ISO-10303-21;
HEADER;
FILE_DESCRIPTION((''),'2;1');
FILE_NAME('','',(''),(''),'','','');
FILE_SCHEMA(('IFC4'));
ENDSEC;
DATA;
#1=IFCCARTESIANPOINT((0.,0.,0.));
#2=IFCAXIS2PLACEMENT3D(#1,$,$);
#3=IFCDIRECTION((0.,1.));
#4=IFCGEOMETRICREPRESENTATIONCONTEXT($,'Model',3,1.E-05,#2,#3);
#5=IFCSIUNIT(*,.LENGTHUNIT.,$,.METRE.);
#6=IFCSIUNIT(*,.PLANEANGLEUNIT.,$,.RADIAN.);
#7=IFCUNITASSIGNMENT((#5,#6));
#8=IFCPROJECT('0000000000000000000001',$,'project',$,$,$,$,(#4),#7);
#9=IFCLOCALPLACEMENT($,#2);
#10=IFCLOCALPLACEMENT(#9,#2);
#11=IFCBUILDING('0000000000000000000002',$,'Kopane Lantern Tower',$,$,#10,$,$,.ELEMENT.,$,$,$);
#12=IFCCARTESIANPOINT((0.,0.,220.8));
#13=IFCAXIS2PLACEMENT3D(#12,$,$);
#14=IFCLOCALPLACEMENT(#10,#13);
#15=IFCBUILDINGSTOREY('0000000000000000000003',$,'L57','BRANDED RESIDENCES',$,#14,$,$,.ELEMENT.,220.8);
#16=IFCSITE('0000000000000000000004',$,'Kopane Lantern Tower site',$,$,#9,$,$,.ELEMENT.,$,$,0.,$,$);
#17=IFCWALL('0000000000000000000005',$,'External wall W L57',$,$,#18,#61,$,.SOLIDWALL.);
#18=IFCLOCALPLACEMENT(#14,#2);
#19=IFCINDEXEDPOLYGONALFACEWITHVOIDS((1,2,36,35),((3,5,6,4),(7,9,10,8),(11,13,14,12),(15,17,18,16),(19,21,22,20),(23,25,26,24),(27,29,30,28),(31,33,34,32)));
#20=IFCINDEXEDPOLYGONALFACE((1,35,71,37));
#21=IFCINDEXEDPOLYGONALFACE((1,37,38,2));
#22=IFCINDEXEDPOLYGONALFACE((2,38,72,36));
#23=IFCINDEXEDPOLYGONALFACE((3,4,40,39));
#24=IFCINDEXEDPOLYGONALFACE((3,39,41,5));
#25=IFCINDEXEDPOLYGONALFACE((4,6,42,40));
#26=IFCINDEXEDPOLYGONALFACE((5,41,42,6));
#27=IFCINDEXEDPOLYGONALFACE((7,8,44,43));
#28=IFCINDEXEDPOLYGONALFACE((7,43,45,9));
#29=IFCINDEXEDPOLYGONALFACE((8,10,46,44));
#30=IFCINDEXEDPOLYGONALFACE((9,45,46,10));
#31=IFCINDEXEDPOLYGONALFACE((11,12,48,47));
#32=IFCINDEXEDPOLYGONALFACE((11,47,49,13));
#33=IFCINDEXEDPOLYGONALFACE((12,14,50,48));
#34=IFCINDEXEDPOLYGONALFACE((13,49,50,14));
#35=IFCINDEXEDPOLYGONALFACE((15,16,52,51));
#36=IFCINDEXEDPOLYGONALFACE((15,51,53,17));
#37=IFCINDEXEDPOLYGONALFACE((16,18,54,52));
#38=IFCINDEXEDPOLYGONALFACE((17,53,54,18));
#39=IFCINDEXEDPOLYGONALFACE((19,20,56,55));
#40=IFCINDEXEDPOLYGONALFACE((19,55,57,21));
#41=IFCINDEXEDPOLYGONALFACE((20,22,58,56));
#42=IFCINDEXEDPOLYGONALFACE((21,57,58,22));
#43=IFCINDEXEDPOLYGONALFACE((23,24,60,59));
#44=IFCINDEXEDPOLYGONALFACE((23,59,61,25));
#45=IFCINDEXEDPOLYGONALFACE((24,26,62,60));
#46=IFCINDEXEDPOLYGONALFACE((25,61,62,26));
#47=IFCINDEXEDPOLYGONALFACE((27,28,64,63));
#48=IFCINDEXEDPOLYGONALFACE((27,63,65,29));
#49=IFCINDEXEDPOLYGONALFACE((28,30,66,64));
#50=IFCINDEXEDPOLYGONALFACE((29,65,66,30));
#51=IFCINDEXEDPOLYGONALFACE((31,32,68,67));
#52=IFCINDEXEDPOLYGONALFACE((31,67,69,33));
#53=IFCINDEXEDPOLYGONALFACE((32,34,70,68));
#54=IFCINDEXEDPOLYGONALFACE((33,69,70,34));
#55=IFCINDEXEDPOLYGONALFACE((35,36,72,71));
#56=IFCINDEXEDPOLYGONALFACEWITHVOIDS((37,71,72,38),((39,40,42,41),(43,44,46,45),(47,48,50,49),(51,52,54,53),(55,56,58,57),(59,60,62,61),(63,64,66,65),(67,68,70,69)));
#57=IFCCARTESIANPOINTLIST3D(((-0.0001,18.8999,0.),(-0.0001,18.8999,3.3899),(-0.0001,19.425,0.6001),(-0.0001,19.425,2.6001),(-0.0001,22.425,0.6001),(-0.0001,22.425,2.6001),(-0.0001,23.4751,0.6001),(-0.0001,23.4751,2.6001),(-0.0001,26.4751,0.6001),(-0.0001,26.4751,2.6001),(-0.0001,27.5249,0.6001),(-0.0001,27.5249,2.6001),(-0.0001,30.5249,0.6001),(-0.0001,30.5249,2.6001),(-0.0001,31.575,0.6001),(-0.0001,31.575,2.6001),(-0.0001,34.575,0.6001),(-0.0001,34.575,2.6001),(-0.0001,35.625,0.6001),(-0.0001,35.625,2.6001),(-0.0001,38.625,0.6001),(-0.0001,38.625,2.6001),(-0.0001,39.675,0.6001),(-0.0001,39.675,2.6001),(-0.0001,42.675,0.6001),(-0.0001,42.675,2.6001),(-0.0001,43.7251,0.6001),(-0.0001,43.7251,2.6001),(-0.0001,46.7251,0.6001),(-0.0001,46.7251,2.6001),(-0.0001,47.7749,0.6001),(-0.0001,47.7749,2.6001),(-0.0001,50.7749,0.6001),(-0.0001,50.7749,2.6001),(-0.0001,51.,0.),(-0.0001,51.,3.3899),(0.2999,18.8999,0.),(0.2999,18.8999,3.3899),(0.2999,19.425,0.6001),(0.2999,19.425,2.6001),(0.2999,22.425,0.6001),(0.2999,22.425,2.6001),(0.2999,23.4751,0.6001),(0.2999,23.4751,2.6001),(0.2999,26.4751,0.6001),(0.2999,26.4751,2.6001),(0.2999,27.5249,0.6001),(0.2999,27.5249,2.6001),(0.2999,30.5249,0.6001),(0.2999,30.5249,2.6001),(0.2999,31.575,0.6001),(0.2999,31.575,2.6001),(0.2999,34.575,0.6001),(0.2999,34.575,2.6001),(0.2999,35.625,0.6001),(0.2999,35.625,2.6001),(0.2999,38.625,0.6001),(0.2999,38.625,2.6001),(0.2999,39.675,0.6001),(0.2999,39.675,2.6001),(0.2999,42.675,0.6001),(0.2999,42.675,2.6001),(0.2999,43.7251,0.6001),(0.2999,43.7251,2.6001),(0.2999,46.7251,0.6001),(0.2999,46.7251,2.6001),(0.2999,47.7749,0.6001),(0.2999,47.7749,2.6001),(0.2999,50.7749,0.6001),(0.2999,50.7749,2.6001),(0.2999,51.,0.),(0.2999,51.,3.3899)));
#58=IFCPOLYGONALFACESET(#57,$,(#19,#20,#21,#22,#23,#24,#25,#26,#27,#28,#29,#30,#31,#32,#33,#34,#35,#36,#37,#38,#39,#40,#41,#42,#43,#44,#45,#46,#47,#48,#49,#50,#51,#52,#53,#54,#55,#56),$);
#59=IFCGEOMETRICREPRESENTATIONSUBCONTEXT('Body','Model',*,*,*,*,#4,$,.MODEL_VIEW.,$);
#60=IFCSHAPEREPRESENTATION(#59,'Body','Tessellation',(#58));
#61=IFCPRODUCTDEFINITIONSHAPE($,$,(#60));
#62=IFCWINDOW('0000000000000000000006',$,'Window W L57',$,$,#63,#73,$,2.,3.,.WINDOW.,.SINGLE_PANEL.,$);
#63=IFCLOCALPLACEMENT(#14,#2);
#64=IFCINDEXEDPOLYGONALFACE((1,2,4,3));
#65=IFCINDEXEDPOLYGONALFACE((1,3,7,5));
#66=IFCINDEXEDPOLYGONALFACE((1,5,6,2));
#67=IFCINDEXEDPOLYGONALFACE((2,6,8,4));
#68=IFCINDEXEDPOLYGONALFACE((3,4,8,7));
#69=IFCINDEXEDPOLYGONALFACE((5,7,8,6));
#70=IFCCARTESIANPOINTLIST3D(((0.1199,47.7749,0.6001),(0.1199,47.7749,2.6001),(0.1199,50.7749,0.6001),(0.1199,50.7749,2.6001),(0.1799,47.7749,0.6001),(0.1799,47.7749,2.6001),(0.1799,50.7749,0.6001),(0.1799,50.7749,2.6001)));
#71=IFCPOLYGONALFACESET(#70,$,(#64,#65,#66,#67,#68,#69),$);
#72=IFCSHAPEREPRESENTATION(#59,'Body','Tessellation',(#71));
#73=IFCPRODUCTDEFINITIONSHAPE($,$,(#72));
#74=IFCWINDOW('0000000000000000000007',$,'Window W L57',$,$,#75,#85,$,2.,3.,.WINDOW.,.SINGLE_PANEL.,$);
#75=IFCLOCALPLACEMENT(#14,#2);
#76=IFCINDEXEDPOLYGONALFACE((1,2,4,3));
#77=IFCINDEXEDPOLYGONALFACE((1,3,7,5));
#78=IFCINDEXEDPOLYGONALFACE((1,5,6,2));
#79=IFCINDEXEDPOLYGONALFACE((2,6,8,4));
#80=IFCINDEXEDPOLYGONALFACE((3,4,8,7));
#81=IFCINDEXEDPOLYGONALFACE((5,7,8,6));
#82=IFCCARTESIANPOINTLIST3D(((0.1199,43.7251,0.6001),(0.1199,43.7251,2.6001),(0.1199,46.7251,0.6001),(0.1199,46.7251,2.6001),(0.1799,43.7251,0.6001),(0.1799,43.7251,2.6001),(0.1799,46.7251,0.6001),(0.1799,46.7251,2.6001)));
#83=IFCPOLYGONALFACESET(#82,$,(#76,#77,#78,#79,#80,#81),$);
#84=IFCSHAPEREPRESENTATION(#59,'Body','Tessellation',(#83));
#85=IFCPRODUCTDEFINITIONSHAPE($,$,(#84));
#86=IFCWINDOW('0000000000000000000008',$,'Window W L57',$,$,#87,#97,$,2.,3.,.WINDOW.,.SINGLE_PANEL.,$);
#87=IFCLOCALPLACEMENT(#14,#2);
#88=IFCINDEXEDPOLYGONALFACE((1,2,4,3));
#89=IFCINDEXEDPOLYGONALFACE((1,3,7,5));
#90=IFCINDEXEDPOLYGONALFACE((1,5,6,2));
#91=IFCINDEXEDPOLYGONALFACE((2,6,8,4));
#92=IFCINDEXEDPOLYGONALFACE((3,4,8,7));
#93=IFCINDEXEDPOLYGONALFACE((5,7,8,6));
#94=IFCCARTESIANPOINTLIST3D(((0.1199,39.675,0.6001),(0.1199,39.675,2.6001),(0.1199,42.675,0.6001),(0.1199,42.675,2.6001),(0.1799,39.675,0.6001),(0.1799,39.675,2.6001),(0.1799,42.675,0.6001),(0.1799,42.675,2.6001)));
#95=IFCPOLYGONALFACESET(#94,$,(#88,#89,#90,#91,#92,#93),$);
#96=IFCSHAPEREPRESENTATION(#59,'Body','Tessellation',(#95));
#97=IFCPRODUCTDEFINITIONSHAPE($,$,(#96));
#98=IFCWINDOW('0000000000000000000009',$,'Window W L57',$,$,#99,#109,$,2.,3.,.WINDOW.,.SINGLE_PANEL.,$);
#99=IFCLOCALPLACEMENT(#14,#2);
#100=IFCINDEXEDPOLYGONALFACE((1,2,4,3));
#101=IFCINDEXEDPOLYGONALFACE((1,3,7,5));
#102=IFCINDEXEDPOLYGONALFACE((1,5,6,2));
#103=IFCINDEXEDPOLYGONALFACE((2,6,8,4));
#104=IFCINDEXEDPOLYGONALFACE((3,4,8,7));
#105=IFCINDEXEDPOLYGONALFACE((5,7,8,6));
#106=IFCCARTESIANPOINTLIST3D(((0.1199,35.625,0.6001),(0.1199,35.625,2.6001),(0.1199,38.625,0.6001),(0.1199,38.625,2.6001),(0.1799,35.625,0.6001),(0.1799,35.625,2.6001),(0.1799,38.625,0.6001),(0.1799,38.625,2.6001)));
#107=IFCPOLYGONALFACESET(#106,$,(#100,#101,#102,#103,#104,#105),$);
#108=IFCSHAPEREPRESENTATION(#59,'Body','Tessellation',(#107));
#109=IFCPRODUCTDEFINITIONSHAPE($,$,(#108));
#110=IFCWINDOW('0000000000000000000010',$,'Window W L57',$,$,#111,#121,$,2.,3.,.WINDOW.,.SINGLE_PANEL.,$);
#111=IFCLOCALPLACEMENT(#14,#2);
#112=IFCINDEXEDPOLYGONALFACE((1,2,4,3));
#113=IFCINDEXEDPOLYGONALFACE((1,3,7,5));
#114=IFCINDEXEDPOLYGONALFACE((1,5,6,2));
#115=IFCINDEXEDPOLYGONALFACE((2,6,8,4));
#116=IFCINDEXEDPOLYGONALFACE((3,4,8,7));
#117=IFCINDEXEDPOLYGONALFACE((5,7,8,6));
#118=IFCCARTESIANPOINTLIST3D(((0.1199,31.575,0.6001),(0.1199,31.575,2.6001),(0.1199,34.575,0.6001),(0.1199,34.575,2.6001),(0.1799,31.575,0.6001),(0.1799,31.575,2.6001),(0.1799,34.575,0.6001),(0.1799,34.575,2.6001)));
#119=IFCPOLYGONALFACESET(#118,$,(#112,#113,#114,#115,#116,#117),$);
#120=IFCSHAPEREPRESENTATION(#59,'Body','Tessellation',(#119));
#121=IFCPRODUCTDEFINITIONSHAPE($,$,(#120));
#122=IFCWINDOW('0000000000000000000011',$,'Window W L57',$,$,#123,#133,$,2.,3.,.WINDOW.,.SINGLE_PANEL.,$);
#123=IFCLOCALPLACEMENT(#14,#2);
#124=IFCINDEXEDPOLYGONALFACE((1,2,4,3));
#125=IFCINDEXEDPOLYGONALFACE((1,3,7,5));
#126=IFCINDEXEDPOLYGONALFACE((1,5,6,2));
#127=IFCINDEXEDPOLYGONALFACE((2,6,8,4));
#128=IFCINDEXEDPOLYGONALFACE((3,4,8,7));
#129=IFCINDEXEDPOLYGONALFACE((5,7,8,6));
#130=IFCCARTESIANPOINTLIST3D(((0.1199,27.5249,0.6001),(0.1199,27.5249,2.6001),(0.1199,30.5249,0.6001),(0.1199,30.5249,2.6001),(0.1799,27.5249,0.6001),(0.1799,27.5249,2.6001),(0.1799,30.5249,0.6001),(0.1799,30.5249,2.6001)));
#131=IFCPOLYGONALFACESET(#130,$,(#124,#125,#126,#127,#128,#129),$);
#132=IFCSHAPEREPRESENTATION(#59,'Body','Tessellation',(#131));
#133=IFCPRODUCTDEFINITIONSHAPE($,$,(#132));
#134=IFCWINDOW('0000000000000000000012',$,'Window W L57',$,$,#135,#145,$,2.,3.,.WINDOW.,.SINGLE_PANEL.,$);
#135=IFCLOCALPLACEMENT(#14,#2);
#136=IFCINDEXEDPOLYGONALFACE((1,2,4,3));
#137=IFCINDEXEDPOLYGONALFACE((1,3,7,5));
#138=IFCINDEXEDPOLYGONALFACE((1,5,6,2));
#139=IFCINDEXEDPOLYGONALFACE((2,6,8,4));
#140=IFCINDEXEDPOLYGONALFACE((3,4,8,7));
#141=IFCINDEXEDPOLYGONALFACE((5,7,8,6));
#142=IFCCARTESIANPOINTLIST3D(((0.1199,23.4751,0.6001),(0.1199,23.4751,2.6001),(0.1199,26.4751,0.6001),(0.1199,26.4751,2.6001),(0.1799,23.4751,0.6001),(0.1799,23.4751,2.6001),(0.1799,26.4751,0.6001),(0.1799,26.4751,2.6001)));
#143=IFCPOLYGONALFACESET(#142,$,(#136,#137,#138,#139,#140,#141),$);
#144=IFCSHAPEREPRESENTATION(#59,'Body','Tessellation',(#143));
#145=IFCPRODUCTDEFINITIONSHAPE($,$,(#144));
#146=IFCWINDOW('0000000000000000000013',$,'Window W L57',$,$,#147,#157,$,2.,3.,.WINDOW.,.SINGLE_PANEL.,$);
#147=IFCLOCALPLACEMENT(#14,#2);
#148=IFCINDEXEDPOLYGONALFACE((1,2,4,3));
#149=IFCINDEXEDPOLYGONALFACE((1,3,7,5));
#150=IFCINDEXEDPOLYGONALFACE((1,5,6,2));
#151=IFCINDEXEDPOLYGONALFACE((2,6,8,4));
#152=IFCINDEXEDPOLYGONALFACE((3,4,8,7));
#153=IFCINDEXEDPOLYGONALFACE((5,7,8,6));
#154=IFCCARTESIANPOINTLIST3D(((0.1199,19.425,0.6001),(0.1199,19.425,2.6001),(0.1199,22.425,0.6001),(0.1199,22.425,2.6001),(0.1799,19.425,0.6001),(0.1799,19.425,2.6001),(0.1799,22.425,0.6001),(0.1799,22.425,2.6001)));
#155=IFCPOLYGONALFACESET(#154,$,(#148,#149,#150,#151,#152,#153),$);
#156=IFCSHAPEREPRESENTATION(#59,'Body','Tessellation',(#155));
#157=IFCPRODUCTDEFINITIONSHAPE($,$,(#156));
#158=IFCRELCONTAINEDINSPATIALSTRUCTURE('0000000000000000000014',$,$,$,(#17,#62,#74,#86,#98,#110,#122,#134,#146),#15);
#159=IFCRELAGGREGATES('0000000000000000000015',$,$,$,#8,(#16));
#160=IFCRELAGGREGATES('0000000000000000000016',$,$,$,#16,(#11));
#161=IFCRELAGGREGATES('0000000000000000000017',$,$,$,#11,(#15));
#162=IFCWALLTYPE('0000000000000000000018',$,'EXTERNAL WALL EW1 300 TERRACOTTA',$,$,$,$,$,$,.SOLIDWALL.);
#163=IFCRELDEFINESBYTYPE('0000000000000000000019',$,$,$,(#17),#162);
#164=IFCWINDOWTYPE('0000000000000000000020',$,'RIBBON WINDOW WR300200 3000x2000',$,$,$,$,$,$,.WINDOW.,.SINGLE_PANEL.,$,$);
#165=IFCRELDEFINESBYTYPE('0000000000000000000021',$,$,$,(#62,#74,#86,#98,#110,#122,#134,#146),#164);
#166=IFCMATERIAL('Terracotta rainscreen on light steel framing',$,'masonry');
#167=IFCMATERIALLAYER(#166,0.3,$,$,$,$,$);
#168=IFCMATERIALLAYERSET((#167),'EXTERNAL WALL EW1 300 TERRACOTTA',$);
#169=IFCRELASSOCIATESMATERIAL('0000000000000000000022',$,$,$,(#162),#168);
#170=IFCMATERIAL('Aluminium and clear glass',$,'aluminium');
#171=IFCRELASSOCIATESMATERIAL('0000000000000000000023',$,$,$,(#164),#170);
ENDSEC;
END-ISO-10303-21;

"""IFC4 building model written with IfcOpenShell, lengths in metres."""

from ifc_helpers import new_model, si_unit, direction, frame, frame_2d, origin, place, context, subcontext, project, spatial, rectangle, extrude, material, layer, layer_set, type_object, element, fill, save


model = new_model("IFC4")

# Units and contexts
model_context = context("Model", 3, precision=1e-05, world=origin(), true_north=direction((0.0, 1.0)))
body_context = subcontext(model_context, "Body", "Model", "MODEL_VIEW")
ifc_project = project(units=[si_unit("LENGTHUNIT", "METRE"), si_unit("PLANEANGLEUNIT", "RADIAN")], contexts=[model_context])

# Site, building, storey
site_placement = place(None, origin())
site = spatial("IfcSite", under=ifc_project, at=site_placement, Name="Kopane Lantern Tower site", CompositionType="ELEMENT", RefElevation=0.0)
building_placement = place(site_placement, origin())
building = spatial("IfcBuilding", under=site, at=building_placement, Name="Kopane Lantern Tower", CompositionType="ELEMENT")
storey_placement = place(building_placement, frame((0.0, 0.0, 220.8)))
storey = spatial("IfcBuildingStorey", under=building, at=storey_placement, Name="L57", Description="BRANDED RESIDENCES", CompositionType="ELEMENT", Elevation=220.8)

# Shared definitions
ifc_material_1 = material(Name="Terracotta rainscreen on light steel framing", Category="masonry")
ifc_layer_1 = layer(ifc_material_1, 0.3)
ifc_layer_set_1 = layer_set([ifc_layer_1], Name="EXTERNAL WALL EW1 300 TERRACOTTA")
wall_type_1 = type_object("IfcWallType", Name="EXTERNAL WALL EW1 300 TERRACOTTA", PredefinedType="SOLIDWALL", material=ifc_layer_set_1)
ifc_material_2 = material(Name="Aluminium and clear glass", Category="aluminium")
window_type = type_object("IfcWindowType", Name="RIBBON WINDOW WR300200 3000x2000", PartitioningType="SINGLE_PANEL", PredefinedType="WINDOW", material=ifc_material_2)

# Wall, openings, windows
wall_1_placement = place(storey_placement, frame((0.1499, 51.0, 0.0), z_axis=(0.0, 0.0, 1.0), x_axis=(0.0, -1.0, 0.0)))
wall_1 = element("IfcWall", 1, at=wall_1_placement, inside=storey, type_object=wall_type_1, Name="External wall W L57", PredefinedType="SOLIDWALL", context=body_context, shape_type="SweptSolid", body=[
    extrude(rectangle(XDim=32.1001, YDim=0.3, at=frame_2d((16.05, 0.0))), origin(), (0.0, 0.0, 1.0), 3.3899),
])
opening_1_placement = place(wall_1_placement, frame((0.2251, 0.0, 0.6001)))
opening_1 = element("IfcOpeningElement", 2, at=opening_1_placement, cuts=wall_1, PredefinedType="OPENING", context=body_context, shape_type="SweptSolid", body=[
    extrude(rectangle(XDim=3.0, YDim=2.0, at=frame_2d((1.5, 1.0))), frame((0.0, 0.1599, 0.0), z_axis=(0.0, -1.0, 0.0), x_axis=(1.0, 0.0, 0.0)), (0.0, 0.0, 1.0), 0.3201),
])
opening_2_placement = place(wall_1_placement, frame((4.2749, 0.0, 0.6001)))
opening_2 = element("IfcOpeningElement", 3, at=opening_2_placement, cuts=wall_1, PredefinedType="OPENING", context=body_context, shape_type="SweptSolid", body=[
    extrude(rectangle(XDim=3.0, YDim=2.0, at=frame_2d((1.5, 1.0))), frame((0.0, 0.1599, 0.0), z_axis=(0.0, -1.0, 0.0), x_axis=(1.0, 0.0, 0.0)), (0.0, 0.0, 1.0), 0.3201),
])
opening_3_placement = place(wall_1_placement, frame((8.325, 0.0, 0.6001)))
opening_3 = element("IfcOpeningElement", 4, at=opening_3_placement, cuts=wall_1, PredefinedType="OPENING", context=body_context, shape_type="SweptSolid", body=[
    extrude(rectangle(XDim=3.0, YDim=2.0, at=frame_2d((1.5, 1.0))), frame((0.0, 0.1599, 0.0), z_axis=(0.0, -1.0, 0.0), x_axis=(1.0, 0.0, 0.0)), (0.0, 0.0, 1.0), 0.3201),
])
opening_4_placement = place(wall_1_placement, frame((12.375, 0.0, 0.6001)))
opening_4 = element("IfcOpeningElement", 5, at=opening_4_placement, cuts=wall_1, PredefinedType="OPENING", context=body_context, shape_type="SweptSolid", body=[
    extrude(rectangle(XDim=3.0, YDim=2.0, at=frame_2d((1.5, 1.0))), frame((0.0, 0.1599, 0.0), z_axis=(0.0, -1.0, 0.0), x_axis=(1.0, 0.0, 0.0)), (0.0, 0.0, 1.0), 0.3201),
])
opening_5_placement = place(wall_1_placement, frame((16.425, 0.0, 0.6001)))
opening_5 = element("IfcOpeningElement", 6, at=opening_5_placement, cuts=wall_1, PredefinedType="OPENING", context=body_context, shape_type="SweptSolid", body=[
    extrude(rectangle(XDim=3.0, YDim=2.0, at=frame_2d((1.5, 1.0))), frame((0.0, 0.1599, 0.0), z_axis=(0.0, -1.0, 0.0), x_axis=(1.0, 0.0, 0.0)), (0.0, 0.0, 1.0), 0.3201),
])
opening_6_placement = place(wall_1_placement, frame((20.4751, 0.0, 0.6001)))
opening_6 = element("IfcOpeningElement", 7, at=opening_6_placement, cuts=wall_1, PredefinedType="OPENING", context=body_context, shape_type="SweptSolid", body=[
    extrude(rectangle(XDim=3.0, YDim=2.0, at=frame_2d((1.5, 1.0))), frame((0.0, 0.1599, 0.0), z_axis=(0.0, -1.0, 0.0), x_axis=(1.0, 0.0, 0.0)), (0.0, 0.0, 1.0), 0.3201),
])
opening_7_placement = place(wall_1_placement, frame((24.5249, 0.0, 0.6001)))
opening_7 = element("IfcOpeningElement", 8, at=opening_7_placement, cuts=wall_1, PredefinedType="OPENING", context=body_context, shape_type="SweptSolid", body=[
    extrude(rectangle(XDim=3.0, YDim=2.0, at=frame_2d((1.5, 1.0))), frame((0.0, 0.1599, 0.0), z_axis=(0.0, -1.0, 0.0), x_axis=(1.0, 0.0, 0.0)), (0.0, 0.0, 1.0), 0.3201),
])
opening_8_placement = place(wall_1_placement, frame((28.575, 0.0, 0.6001)))
opening_8 = element("IfcOpeningElement", 9, at=opening_8_placement, cuts=wall_1, PredefinedType="OPENING", context=body_context, shape_type="SweptSolid", body=[
    extrude(rectangle(XDim=3.0, YDim=2.0, at=frame_2d((1.5, 1.0))), frame((0.0, 0.1599, 0.0), z_axis=(0.0, -1.0, 0.0), x_axis=(1.0, 0.0, 0.0)), (0.0, 0.0, 1.0), 0.3201),
])
window_1_placement = place(opening_1_placement, origin())
window_1 = element("IfcWindow", 10, at=window_1_placement, inside=storey, type_object=window_type, Name="Window W L57", OverallHeight=2.0, OverallWidth=3.0, PartitioningType="SINGLE_PANEL", PredefinedType="WINDOW", context=body_context, shape_type="SweptSolid", body=[
    extrude(rectangle(XDim=3.0, YDim=2.0, at=frame_2d((1.5, 1.0))), frame((0.0, 0.03, 0.0), z_axis=(0.0, -1.0, 0.0), x_axis=(1.0, 0.0, 0.0)), (0.0, 0.0, 1.0), 0.0601),
])
fill(opening_1, window_1)
window_2_placement = place(opening_2_placement, origin())
window_2 = element("IfcWindow", 11, at=window_2_placement, inside=storey, type_object=window_type, Name="Window W L57", OverallHeight=2.0, OverallWidth=3.0, PartitioningType="SINGLE_PANEL", PredefinedType="WINDOW", context=body_context, shape_type="SweptSolid", body=[
    extrude(rectangle(XDim=3.0, YDim=2.0, at=frame_2d((1.5, 1.0))), frame((0.0, 0.03, 0.0), z_axis=(0.0, -1.0, 0.0), x_axis=(1.0, 0.0, 0.0)), (0.0, 0.0, 1.0), 0.0601),
])
fill(opening_2, window_2)
window_3_placement = place(opening_3_placement, origin())
window_3 = element("IfcWindow", 12, at=window_3_placement, inside=storey, type_object=window_type, Name="Window W L57", OverallHeight=2.0, OverallWidth=3.0, PartitioningType="SINGLE_PANEL", PredefinedType="WINDOW", context=body_context, shape_type="SweptSolid", body=[
    extrude(rectangle(XDim=3.0, YDim=2.0, at=frame_2d((1.5, 1.0))), frame((0.0, 0.03, 0.0), z_axis=(0.0, -1.0, 0.0), x_axis=(1.0, 0.0, 0.0)), (0.0, 0.0, 1.0), 0.0601),
])
fill(opening_3, window_3)
window_4_placement = place(opening_4_placement, origin())
window_4 = element("IfcWindow", 13, at=window_4_placement, inside=storey, type_object=window_type, Name="Window W L57", OverallHeight=2.0, OverallWidth=3.0, PartitioningType="SINGLE_PANEL", PredefinedType="WINDOW", context=body_context, shape_type="SweptSolid", body=[
    extrude(rectangle(XDim=3.0, YDim=2.0, at=frame_2d((1.5, 1.0))), frame((0.0, 0.03, 0.0), z_axis=(0.0, -1.0, 0.0), x_axis=(1.0, 0.0, 0.0)), (0.0, 0.0, 1.0), 0.0601),
])
fill(opening_4, window_4)
window_5_placement = place(opening_5_placement, origin())
window_5 = element("IfcWindow", 14, at=window_5_placement, inside=storey, type_object=window_type, Name="Window W L57", OverallHeight=2.0, OverallWidth=3.0, PartitioningType="SINGLE_PANEL", PredefinedType="WINDOW", context=body_context, shape_type="SweptSolid", body=[
    extrude(rectangle(XDim=3.0, YDim=2.0, at=frame_2d((1.5, 1.0))), frame((0.0, 0.03, 0.0), z_axis=(0.0, -1.0, 0.0), x_axis=(1.0, 0.0, 0.0)), (0.0, 0.0, 1.0), 0.0601),
])
fill(opening_5, window_5)
window_6_placement = place(opening_6_placement, origin())
window_6 = element("IfcWindow", 15, at=window_6_placement, inside=storey, type_object=window_type, Name="Window W L57", OverallHeight=2.0, OverallWidth=3.0, PartitioningType="SINGLE_PANEL", PredefinedType="WINDOW", context=body_context, shape_type="SweptSolid", body=[
    extrude(rectangle(XDim=3.0, YDim=2.0, at=frame_2d((1.5, 1.0))), frame((0.0, 0.03, 0.0), z_axis=(0.0, -1.0, 0.0), x_axis=(1.0, 0.0, 0.0)), (0.0, 0.0, 1.0), 0.0601),
])
fill(opening_6, window_6)
window_7_placement = place(opening_7_placement, origin())
window_7 = element("IfcWindow", 16, at=window_7_placement, inside=storey, type_object=window_type, Name="Window W L57", OverallHeight=2.0, OverallWidth=3.0, PartitioningType="SINGLE_PANEL", PredefinedType="WINDOW", context=body_context, shape_type="SweptSolid", body=[
    extrude(rectangle(XDim=3.0, YDim=2.0, at=frame_2d((1.5, 1.0))), frame((0.0, 0.03, 0.0), z_axis=(0.0, -1.0, 0.0), x_axis=(1.0, 0.0, 0.0)), (0.0, 0.0, 1.0), 0.0601),
])
fill(opening_7, window_7)
window_8_placement = place(opening_8_placement, origin())
window_8 = element("IfcWindow", 17, at=window_8_placement, inside=storey, type_object=window_type, Name="Window W L57", OverallHeight=2.0, OverallWidth=3.0, PartitioningType="SINGLE_PANEL", PredefinedType="WINDOW", context=body_context, shape_type="SweptSolid", body=[
    extrude(rectangle(XDim=3.0, YDim=2.0, at=frame_2d((1.5, 1.0))), frame((0.0, 0.03, 0.0), z_axis=(0.0, -1.0, 0.0), x_axis=(1.0, 0.0, 0.0)), (0.0, 0.0, 1.0), 0.0601),
])
fill(opening_8, window_8)

save(model, "model.ifc")
